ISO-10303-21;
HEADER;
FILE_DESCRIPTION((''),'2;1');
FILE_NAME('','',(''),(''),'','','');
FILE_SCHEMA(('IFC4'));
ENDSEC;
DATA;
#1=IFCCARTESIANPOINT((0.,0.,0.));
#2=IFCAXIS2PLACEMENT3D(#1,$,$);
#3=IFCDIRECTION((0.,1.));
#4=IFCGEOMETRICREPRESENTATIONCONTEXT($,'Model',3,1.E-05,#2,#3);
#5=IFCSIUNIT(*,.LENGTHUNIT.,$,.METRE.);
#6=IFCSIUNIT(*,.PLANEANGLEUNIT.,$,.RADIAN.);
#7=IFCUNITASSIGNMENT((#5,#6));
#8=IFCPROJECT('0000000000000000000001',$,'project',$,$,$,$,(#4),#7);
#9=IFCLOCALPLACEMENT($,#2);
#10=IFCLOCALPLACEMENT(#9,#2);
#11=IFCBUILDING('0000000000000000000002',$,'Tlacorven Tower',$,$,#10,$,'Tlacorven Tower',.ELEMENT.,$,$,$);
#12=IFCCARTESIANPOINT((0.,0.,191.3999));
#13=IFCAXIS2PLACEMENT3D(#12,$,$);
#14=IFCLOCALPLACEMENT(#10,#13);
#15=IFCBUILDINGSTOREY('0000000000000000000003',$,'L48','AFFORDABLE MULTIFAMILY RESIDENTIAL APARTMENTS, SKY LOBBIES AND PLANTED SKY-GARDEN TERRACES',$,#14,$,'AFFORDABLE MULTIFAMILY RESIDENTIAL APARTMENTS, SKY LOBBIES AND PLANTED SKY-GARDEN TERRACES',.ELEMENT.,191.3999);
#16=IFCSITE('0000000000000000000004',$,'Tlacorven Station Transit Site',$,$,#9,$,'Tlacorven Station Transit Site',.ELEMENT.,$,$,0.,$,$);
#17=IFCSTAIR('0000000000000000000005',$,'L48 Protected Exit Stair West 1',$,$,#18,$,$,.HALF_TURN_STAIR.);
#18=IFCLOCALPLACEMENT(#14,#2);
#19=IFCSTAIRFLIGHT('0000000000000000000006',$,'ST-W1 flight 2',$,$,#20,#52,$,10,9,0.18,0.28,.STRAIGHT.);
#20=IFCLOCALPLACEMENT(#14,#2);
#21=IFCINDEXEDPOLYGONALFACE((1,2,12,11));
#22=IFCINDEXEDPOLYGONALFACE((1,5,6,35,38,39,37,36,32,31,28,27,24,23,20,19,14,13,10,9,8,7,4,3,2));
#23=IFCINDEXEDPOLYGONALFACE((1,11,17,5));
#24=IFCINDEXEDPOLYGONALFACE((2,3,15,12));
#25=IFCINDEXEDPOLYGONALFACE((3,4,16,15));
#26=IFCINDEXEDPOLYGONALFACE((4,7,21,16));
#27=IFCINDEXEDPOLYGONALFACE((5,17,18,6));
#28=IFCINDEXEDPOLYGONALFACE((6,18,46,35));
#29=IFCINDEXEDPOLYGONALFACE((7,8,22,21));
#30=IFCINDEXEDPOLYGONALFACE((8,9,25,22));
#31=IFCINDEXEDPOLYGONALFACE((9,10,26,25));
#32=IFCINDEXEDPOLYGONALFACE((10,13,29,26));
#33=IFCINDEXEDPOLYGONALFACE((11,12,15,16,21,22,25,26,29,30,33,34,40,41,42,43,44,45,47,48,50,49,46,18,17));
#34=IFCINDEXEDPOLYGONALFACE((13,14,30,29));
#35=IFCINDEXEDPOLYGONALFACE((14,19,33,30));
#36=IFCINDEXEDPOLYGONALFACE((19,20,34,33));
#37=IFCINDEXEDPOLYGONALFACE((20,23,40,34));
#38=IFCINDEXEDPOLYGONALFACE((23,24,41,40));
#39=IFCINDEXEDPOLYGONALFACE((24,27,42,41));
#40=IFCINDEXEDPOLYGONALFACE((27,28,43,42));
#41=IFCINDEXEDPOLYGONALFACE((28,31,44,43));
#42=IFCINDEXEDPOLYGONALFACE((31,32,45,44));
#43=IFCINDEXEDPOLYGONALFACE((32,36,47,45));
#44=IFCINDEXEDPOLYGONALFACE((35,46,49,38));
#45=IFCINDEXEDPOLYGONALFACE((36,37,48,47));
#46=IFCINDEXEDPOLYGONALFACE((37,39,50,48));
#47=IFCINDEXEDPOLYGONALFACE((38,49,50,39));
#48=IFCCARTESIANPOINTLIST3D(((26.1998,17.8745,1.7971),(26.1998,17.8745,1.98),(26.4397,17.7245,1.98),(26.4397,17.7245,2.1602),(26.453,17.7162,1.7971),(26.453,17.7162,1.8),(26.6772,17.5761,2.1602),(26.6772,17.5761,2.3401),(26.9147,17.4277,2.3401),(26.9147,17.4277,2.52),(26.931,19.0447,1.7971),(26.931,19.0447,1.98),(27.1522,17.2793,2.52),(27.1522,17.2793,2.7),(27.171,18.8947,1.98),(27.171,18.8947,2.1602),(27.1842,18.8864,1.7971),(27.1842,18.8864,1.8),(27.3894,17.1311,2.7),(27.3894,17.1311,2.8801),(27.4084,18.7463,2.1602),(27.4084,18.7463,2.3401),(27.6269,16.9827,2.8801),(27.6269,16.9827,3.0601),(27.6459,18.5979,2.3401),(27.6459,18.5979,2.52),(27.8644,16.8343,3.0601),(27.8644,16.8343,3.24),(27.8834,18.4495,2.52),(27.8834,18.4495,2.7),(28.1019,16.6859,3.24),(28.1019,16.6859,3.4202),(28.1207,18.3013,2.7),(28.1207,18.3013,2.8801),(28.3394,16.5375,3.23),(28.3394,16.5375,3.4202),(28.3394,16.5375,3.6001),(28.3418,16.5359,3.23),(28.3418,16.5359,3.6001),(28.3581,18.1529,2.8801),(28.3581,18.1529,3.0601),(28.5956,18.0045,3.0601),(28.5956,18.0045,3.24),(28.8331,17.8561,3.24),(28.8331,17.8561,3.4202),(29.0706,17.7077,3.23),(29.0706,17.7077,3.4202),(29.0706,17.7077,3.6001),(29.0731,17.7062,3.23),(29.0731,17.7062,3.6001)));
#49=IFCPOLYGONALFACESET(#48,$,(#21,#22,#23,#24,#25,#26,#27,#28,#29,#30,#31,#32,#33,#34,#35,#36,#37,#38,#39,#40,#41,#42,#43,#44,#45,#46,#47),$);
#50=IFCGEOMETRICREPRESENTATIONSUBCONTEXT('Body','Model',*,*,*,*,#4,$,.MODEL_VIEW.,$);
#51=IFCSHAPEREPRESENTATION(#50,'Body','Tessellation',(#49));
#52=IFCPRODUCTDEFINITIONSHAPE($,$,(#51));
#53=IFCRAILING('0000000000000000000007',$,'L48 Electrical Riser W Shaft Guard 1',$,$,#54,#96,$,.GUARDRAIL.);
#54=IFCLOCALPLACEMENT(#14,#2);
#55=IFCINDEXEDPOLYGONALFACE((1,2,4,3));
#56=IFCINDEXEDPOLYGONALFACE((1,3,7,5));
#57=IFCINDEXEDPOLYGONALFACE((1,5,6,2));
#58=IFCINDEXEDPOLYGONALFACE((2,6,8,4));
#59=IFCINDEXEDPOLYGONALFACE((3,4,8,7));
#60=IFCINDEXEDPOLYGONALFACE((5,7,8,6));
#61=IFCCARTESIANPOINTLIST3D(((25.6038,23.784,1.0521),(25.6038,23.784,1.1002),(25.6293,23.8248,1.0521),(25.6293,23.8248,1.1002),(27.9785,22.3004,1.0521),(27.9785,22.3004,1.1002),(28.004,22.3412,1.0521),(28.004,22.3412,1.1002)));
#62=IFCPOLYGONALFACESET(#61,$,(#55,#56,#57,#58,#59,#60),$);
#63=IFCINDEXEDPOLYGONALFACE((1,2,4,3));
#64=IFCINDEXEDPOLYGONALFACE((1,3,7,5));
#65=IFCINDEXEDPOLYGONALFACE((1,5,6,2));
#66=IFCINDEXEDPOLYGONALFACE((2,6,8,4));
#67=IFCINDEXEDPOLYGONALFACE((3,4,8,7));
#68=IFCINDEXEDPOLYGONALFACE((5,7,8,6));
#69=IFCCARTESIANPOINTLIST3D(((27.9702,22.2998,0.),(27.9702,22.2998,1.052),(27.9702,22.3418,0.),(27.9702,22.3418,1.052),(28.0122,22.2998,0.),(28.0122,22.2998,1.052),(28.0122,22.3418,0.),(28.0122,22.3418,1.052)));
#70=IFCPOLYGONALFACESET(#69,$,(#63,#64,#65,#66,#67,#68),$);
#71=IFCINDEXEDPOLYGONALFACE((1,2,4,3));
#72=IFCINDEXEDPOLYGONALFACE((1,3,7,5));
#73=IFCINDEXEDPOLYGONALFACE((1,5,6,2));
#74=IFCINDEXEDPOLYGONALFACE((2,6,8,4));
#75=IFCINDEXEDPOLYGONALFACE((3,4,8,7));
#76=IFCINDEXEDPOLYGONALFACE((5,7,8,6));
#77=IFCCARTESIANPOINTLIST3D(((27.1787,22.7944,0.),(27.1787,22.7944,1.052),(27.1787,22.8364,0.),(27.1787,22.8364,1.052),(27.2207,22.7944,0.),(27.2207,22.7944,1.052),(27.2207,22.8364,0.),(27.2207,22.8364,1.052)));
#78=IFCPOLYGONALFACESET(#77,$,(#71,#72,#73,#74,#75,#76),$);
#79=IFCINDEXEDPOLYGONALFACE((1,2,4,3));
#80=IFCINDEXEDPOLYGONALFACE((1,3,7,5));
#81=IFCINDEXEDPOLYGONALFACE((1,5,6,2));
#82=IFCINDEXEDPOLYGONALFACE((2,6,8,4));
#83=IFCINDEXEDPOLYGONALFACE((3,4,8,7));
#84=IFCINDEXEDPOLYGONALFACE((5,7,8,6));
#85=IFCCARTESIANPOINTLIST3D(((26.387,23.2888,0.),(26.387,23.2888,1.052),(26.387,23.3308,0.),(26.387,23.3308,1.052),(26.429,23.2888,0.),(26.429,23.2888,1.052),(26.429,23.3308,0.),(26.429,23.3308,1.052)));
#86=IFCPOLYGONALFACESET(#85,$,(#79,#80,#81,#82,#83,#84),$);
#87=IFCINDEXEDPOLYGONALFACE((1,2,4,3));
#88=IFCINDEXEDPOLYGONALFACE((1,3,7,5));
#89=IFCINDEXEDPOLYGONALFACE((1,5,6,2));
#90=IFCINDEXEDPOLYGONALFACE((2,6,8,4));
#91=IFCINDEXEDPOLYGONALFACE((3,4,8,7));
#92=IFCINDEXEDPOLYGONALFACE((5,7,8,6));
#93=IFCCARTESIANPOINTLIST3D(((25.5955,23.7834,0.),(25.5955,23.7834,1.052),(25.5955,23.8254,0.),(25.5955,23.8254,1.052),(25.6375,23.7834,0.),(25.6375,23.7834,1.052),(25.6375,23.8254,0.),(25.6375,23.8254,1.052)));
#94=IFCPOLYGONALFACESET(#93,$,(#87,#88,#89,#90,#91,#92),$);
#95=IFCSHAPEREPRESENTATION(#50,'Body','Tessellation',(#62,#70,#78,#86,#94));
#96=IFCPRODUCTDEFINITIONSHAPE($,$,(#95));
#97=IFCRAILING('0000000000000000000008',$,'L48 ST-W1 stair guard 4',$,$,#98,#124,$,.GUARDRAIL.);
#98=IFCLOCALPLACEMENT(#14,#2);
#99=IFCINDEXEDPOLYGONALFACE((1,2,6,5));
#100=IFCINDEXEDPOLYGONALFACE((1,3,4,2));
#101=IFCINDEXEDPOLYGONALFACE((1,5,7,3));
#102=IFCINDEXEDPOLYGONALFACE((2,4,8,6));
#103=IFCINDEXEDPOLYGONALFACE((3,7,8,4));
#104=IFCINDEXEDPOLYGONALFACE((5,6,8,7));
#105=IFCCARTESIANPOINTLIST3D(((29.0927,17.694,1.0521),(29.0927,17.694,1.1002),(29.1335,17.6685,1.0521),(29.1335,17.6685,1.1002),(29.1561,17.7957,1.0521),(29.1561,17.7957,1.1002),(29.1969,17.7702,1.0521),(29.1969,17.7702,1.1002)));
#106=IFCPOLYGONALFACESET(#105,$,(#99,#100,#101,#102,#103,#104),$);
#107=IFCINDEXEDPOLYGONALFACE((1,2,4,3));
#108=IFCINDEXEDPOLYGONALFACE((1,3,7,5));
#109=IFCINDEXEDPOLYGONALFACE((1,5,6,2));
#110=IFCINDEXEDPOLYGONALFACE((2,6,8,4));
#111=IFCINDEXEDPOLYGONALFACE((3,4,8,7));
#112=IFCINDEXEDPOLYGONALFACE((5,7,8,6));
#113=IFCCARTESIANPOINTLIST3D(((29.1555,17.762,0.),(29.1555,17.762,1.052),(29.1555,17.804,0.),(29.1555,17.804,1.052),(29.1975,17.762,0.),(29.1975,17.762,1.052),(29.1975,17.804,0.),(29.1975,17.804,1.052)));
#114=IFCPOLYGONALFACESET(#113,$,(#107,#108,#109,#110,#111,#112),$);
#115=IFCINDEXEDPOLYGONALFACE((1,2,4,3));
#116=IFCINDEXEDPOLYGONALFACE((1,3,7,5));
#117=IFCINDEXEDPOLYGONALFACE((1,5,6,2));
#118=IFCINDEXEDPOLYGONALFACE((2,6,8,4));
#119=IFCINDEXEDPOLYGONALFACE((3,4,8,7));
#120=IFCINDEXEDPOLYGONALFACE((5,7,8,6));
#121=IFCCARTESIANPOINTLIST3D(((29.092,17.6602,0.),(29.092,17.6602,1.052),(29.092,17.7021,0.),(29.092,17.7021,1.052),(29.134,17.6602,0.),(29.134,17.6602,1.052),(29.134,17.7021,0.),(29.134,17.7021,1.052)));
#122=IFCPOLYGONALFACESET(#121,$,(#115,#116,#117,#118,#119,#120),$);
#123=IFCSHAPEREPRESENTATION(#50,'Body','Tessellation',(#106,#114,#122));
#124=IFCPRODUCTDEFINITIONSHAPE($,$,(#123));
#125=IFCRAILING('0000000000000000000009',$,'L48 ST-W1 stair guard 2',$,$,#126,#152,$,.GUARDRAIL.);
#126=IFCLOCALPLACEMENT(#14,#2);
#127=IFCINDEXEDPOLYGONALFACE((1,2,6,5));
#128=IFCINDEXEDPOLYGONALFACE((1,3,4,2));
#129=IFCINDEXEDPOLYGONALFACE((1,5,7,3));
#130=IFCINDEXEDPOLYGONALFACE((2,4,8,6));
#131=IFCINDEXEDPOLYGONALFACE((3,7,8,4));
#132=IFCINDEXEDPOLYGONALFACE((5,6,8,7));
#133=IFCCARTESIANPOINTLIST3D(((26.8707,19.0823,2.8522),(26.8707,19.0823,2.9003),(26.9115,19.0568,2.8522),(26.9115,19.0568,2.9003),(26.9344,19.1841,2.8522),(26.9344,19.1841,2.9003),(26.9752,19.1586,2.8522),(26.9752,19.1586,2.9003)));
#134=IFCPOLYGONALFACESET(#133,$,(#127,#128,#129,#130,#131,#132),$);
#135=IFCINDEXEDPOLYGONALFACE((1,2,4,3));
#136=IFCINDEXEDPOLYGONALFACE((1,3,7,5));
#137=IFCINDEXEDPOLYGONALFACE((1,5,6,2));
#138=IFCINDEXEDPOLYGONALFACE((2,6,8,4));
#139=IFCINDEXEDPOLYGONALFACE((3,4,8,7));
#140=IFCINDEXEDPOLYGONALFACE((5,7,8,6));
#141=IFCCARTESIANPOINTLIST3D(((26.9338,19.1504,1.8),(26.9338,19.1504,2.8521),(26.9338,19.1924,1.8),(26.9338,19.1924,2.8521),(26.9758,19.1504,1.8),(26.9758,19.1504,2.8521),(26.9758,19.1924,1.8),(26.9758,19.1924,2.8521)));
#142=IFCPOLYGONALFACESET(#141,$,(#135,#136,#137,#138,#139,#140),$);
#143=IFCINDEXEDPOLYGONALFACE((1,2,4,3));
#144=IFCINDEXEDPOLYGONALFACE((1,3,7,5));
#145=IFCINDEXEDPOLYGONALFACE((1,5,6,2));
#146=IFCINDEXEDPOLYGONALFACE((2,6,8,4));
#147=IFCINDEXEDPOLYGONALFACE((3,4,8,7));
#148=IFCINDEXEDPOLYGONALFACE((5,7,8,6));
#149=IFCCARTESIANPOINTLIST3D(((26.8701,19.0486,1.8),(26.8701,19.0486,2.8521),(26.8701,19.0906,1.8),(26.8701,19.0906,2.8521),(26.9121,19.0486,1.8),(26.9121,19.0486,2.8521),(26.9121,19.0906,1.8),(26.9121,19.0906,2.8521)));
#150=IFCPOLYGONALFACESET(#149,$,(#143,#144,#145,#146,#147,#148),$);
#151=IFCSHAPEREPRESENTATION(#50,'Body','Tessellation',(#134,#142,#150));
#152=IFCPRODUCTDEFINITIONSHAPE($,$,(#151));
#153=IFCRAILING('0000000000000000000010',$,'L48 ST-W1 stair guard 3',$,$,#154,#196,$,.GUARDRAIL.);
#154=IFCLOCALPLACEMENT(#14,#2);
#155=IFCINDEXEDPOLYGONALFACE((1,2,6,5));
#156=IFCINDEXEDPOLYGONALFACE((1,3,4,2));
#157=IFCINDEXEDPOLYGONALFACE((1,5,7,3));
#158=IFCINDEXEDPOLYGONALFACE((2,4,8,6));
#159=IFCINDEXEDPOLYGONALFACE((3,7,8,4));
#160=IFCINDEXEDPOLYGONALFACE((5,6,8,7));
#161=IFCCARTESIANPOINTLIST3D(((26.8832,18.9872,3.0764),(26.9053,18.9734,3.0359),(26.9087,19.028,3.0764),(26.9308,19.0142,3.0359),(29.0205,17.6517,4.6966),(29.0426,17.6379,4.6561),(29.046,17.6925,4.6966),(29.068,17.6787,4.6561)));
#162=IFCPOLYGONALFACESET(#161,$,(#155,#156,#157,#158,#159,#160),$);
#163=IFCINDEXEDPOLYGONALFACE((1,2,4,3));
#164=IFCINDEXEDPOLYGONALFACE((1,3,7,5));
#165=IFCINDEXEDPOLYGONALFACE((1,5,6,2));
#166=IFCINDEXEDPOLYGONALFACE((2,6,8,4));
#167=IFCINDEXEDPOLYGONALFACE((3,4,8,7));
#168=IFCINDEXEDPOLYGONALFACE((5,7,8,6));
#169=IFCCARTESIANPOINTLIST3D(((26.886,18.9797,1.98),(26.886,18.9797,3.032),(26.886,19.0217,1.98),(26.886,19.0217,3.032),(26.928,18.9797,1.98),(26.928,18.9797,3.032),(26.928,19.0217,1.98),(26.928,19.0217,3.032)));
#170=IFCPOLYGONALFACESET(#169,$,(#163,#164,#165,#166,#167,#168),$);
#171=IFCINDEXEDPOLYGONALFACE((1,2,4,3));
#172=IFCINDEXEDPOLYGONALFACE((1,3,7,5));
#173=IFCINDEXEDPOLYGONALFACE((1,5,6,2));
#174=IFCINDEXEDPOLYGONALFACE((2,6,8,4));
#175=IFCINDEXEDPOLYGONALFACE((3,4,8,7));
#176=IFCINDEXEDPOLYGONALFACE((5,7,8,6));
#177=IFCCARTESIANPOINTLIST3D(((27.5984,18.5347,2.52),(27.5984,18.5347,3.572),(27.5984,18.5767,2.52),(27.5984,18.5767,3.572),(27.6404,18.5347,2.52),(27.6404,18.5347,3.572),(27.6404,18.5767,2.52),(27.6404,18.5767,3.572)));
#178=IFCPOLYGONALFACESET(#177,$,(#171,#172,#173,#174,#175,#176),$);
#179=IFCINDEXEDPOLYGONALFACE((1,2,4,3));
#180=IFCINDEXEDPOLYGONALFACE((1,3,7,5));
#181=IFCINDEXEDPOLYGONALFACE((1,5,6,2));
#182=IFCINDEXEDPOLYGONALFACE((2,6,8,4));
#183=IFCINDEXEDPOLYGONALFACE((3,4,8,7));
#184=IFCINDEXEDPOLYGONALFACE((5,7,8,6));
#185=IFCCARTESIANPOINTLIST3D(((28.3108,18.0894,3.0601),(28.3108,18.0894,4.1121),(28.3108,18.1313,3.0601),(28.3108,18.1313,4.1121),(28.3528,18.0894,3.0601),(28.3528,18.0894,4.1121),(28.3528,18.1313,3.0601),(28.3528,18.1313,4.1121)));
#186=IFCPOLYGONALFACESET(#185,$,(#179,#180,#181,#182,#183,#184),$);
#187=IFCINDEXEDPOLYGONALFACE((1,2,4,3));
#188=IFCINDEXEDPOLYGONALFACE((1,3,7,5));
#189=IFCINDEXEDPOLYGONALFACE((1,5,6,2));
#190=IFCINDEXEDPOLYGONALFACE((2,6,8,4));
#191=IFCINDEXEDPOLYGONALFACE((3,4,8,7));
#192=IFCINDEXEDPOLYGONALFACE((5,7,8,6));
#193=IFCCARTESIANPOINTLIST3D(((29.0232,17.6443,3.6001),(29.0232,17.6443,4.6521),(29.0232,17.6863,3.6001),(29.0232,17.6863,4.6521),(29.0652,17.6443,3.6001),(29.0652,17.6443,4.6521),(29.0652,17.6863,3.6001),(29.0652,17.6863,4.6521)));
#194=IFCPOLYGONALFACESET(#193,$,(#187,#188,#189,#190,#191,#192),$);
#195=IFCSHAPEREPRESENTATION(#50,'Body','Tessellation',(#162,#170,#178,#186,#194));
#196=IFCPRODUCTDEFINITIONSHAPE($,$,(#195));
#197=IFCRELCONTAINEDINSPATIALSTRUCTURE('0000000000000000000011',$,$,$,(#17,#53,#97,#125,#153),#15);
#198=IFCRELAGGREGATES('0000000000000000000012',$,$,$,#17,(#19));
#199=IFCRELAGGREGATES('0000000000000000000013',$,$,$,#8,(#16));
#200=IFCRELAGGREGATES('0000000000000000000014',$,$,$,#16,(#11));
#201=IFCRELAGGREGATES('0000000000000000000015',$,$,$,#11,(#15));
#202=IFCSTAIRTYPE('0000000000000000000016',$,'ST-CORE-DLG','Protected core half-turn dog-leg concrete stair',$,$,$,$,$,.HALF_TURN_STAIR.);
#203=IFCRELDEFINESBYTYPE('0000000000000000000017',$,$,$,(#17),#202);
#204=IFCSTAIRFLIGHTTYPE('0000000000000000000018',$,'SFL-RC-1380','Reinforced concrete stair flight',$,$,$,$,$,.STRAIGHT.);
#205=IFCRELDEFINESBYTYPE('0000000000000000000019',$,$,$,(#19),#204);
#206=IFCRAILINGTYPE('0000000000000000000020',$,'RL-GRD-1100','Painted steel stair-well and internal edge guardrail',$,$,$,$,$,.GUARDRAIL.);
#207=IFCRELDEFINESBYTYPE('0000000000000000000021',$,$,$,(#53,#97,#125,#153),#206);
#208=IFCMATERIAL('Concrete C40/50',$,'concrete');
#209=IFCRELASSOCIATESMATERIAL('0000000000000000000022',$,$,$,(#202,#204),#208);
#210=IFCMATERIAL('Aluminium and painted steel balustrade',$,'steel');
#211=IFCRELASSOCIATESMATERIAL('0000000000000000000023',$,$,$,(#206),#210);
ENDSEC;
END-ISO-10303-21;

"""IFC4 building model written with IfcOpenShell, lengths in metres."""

from ifc_helpers import new_model, si_unit, direction, frame, origin, origin_2d, place, context, subcontext, project, spatial, polyline, rectangle, outline, extrude, source, transform, mapped, material, type_object, element, aggregate, save


model = new_model("IFC4")

# Units and contexts
model_context = context("Model", 3, precision=1e-05, world=origin(), true_north=direction((0.0, 1.0)))
body_context = subcontext(model_context, "Body", "Model", "MODEL_VIEW")
ifc_project = project(units=[si_unit("LENGTHUNIT", "METRE"), si_unit("PLANEANGLEUNIT", "RADIAN")], contexts=[model_context])

# Site, building, storey
site_placement = place(None, origin())
site = spatial("IfcSite", under=ifc_project, at=site_placement, Name="Tlacorven Station Transit Site", LongName="Tlacorven Station Transit Site", CompositionType="ELEMENT", RefElevation=0.0)
building_placement = place(site_placement, origin())
building = spatial("IfcBuilding", under=site, at=building_placement, Name="Tlacorven Tower", LongName="Tlacorven Tower", CompositionType="ELEMENT")
storey_placement = place(building_placement, frame((0.0, 0.0, 191.3999)))
storey = spatial("IfcBuildingStorey", under=building, at=storey_placement, Name="L48", Description="AFFORDABLE MULTIFAMILY RESIDENTIAL APARTMENTS, SKY LOBBIES AND PLANTED SKY-GARDEN TERRACES", LongName="AFFORDABLE MULTIFAMILY RESIDENTIAL APARTMENTS, SKY LOBBIES AND PLANTED SKY-GARDEN TERRACES", CompositionType="ELEMENT", Elevation=191.3999)

# Shared definitions
ifc_material_1 = material(Name="Concrete C40/50", Category="concrete")

# Stair, stair flight
stair_type = type_object("IfcStairType", Name="ST-CORE-DLG", Description="Protected core half-turn dog-leg concrete stair", PredefinedType="HALF_TURN_STAIR", material=ifc_material_1)
stair_placement = place(storey_placement, origin())
stair = element("IfcStair", 1, at=stair_placement, inside=storey, type_object=stair_type, Name="L48 Protected Exit Stair West 1", PredefinedType="HALF_TURN_STAIR")
stair_flight_type = type_object("IfcStairFlightType", Name="SFL-RC-1380", Description="Reinforced concrete stair flight", PredefinedType="STRAIGHT", material=ifc_material_1)
shared_shape_1 = source(origin(), body_context, "Body", "SweptSolid", [
    extrude(outline(polyline([(-0.0029, -0.0029), (-0.0029, 0.1799), (0.28, 0.1799), (0.28, 0.3601), (0.5601, 0.3601), (0.5601, 0.54), (0.8401, 0.54), (0.8401, 0.72), (1.1201, 0.72), (1.1201, 0.8999), (1.3999, 0.8999), (1.3999, 1.0801), (1.6799, 1.0801), (1.6799, 1.26), (1.96, 1.26), (1.96, 1.4399), (2.24, 1.4399), (2.24, 1.6201), (2.52, 1.6201), (2.52, 1.8), (2.5229, 1.8), (2.5229, 1.4299), (2.52, 1.4299), (0.2957, 0.0), (0.2957, -0.0029), (-0.0029, -0.0029)])), frame((0.0, 0.6899, 0.0), z_axis=(0.0, -1.0, 0.0), x_axis=(1.0, 0.0, 0.0)), (0.0, 0.0, 1.0), 1.3799),
])
stair_flight_1_placement = place(storey_placement, frame((26.5679, 18.458, 1.8), z_axis=(0.0, 0.0, 1.0), x_axis=(0.848048, -0.529919, 0.0)))
stair_flight_1 = element("IfcStairFlight", 2, at=stair_flight_1_placement, type_object=stair_flight_type, Name="ST-W1 flight 2", NumberOfRisers=10, NumberOfTreads=9, PredefinedType="STRAIGHT", RiserHeight=0.18, TreadLength=0.28, context=body_context, shape_type="MappedRepresentation", body=[
    mapped(shared_shape_1, transform((0.0, 0.0, 0.0), scale=1.0)),
])
aggregate(stair, [stair_flight_1])

# Railings
ifc_material_2 = material(Name="Aluminium and painted steel balustrade", Category="steel")
railing_type_1 = type_object("IfcRailingType", Name="RL-GRD-1100", Description="Painted steel stair-well and internal edge guardrail", PredefinedType="GUARDRAIL", material=ifc_material_2)
shared_shape_2 = source(origin(), body_context, "Body", "SweptSolid", [
    extrude(rectangle(XDim=0.0481, YDim=0.0481, at=origin_2d()), frame((0.0, 0.0, 1.0762), z_axis=(-0.848091, 0.52985, 0.0), x_axis=(-0.52985, -0.848091, 0.0)), (0.0, 0.0, 1.0), 2.8),
    extrude(rectangle(XDim=0.042, YDim=0.042, at=origin_2d()), origin(), (0.0, 0.0, 1.0), 1.052),
    extrude(rectangle(XDim=0.042, YDim=0.042, at=origin_2d()), frame((-0.7915, 0.4946, 0.0)), (0.0, 0.0, 1.0), 1.052),
    extrude(rectangle(XDim=0.042, YDim=0.042, at=origin_2d()), frame((-1.5833, 0.989, 0.0)), (0.0, 0.0, 1.0), 1.052),
    extrude(rectangle(XDim=0.042, YDim=0.042, at=origin_2d()), frame((-2.3748, 1.4836, 0.0)), (0.0, 0.0, 1.0), 1.052),
])
railing_1_placement = place(storey_placement, frame((27.9912, 22.3208, 0.0)))
element("IfcRailing", 3, at=railing_1_placement, inside=storey, type_object=railing_type_1, Name="L48 Electrical Riser W Shaft Guard 1", PredefinedType="GUARDRAIL", context=body_context, shape_type="MappedRepresentation", body=[
    mapped(shared_shape_2, transform((0.0, 0.0, 0.0), scale=1.0)),
])
shared_shape_3 = source(origin(), body_context, "Body", "SweptSolid", [
    extrude(rectangle(XDim=0.0481, YDim=0.0481, at=origin_2d()), frame((0.0, 0.0, 1.0762), z_axis=(-0.529084, -0.848569, 0.0), x_axis=(0.848569, -0.529084, 0.0)), (0.0, 0.0, 1.0), 0.1199),
    extrude(rectangle(XDim=0.042, YDim=0.042, at=origin_2d()), origin(), (0.0, 0.0, 1.0), 1.052),
    extrude(rectangle(XDim=0.042, YDim=0.042, at=origin_2d()), frame((-0.0635, -0.1018, 0.0)), (0.0, 0.0, 1.0), 1.052),
])
railing_2_placement = place(storey_placement, frame((29.1765, 17.783, 0.0)))
element("IfcRailing", 4, at=railing_2_placement, inside=storey, type_object=railing_type_1, Name="L48 ST-W1 stair guard 4", PredefinedType="GUARDRAIL", context=body_context, shape_type="MappedRepresentation", body=[
    mapped(shared_shape_3, transform((0.0, 0.0, 0.0), scale=1.0)),
])
shared_shape_4 = source(origin(), body_context, "Body", "SweptSolid", [
    extrude(rectangle(XDim=0.0481, YDim=0.0481, at=origin_2d()), frame((0.0, 0.0, 1.0762), z_axis=(-0.530547, -0.847656, 0.0), x_axis=(0.847656, -0.530547, 0.0)), (0.0, 0.0, 1.0), 0.1201),
    extrude(rectangle(XDim=0.042, YDim=0.042, at=origin_2d()), origin(), (0.0, 0.0, 1.0), 1.052),
    extrude(rectangle(XDim=0.042, YDim=0.042, at=origin_2d()), frame((-0.0637, -0.1018, 0.0)), (0.0, 0.0, 1.0), 1.052),
])
railing_3_placement = place(storey_placement, frame((26.9548, 19.1714, 1.8)))
element("IfcRailing", 5, at=railing_3_placement, inside=storey, type_object=railing_type_1, Name="L48 ST-W1 stair guard 2", PredefinedType="GUARDRAIL", context=body_context, shape_type="MappedRepresentation", body=[
    mapped(shared_shape_4, transform((0.0, 0.0, 0.0), scale=1.0)),
])
shared_shape_5 = source(origin(), body_context, "Body", "SweptSolid", [
    extrude(rectangle(XDim=0.0481, YDim=0.0481, at=origin_2d()), frame((0.0, 0.0, 1.0762), z_axis=(0.71336, -0.445748, 0.540765), x_axis=(0.529912, 0.848053, 0.0)), (0.0, 0.0, 1.0), 2.9961),
    extrude(rectangle(XDim=0.042, YDim=0.042, at=origin_2d()), origin(), (0.0, 0.0, 1.0), 1.052),
    extrude(rectangle(XDim=0.042, YDim=0.042, at=origin_2d()), frame((0.7124, -0.4451, 0.54)), (0.0, 0.0, 1.0), 1.052),
    extrude(rectangle(XDim=0.042, YDim=0.042, at=origin_2d()), frame((1.4248, -0.8904, 1.0801)), (0.0, 0.0, 1.0), 1.052),
    extrude(rectangle(XDim=0.042, YDim=0.042, at=origin_2d()), frame((2.1372, -1.3354, 1.6201)), (0.0, 0.0, 1.0), 1.052),
])
railing_4_placement = place(storey_placement, frame((26.907, 19.0007, 1.98)))
element("IfcRailing", 6, at=railing_4_placement, inside=storey, type_object=railing_type_1, Name="L48 ST-W1 stair guard 3", PredefinedType="GUARDRAIL", context=body_context, shape_type="MappedRepresentation", body=[
    mapped(shared_shape_5, transform((0.0, 0.0, 0.0), scale=1.0)),
])

save(model, "model.ifc")
